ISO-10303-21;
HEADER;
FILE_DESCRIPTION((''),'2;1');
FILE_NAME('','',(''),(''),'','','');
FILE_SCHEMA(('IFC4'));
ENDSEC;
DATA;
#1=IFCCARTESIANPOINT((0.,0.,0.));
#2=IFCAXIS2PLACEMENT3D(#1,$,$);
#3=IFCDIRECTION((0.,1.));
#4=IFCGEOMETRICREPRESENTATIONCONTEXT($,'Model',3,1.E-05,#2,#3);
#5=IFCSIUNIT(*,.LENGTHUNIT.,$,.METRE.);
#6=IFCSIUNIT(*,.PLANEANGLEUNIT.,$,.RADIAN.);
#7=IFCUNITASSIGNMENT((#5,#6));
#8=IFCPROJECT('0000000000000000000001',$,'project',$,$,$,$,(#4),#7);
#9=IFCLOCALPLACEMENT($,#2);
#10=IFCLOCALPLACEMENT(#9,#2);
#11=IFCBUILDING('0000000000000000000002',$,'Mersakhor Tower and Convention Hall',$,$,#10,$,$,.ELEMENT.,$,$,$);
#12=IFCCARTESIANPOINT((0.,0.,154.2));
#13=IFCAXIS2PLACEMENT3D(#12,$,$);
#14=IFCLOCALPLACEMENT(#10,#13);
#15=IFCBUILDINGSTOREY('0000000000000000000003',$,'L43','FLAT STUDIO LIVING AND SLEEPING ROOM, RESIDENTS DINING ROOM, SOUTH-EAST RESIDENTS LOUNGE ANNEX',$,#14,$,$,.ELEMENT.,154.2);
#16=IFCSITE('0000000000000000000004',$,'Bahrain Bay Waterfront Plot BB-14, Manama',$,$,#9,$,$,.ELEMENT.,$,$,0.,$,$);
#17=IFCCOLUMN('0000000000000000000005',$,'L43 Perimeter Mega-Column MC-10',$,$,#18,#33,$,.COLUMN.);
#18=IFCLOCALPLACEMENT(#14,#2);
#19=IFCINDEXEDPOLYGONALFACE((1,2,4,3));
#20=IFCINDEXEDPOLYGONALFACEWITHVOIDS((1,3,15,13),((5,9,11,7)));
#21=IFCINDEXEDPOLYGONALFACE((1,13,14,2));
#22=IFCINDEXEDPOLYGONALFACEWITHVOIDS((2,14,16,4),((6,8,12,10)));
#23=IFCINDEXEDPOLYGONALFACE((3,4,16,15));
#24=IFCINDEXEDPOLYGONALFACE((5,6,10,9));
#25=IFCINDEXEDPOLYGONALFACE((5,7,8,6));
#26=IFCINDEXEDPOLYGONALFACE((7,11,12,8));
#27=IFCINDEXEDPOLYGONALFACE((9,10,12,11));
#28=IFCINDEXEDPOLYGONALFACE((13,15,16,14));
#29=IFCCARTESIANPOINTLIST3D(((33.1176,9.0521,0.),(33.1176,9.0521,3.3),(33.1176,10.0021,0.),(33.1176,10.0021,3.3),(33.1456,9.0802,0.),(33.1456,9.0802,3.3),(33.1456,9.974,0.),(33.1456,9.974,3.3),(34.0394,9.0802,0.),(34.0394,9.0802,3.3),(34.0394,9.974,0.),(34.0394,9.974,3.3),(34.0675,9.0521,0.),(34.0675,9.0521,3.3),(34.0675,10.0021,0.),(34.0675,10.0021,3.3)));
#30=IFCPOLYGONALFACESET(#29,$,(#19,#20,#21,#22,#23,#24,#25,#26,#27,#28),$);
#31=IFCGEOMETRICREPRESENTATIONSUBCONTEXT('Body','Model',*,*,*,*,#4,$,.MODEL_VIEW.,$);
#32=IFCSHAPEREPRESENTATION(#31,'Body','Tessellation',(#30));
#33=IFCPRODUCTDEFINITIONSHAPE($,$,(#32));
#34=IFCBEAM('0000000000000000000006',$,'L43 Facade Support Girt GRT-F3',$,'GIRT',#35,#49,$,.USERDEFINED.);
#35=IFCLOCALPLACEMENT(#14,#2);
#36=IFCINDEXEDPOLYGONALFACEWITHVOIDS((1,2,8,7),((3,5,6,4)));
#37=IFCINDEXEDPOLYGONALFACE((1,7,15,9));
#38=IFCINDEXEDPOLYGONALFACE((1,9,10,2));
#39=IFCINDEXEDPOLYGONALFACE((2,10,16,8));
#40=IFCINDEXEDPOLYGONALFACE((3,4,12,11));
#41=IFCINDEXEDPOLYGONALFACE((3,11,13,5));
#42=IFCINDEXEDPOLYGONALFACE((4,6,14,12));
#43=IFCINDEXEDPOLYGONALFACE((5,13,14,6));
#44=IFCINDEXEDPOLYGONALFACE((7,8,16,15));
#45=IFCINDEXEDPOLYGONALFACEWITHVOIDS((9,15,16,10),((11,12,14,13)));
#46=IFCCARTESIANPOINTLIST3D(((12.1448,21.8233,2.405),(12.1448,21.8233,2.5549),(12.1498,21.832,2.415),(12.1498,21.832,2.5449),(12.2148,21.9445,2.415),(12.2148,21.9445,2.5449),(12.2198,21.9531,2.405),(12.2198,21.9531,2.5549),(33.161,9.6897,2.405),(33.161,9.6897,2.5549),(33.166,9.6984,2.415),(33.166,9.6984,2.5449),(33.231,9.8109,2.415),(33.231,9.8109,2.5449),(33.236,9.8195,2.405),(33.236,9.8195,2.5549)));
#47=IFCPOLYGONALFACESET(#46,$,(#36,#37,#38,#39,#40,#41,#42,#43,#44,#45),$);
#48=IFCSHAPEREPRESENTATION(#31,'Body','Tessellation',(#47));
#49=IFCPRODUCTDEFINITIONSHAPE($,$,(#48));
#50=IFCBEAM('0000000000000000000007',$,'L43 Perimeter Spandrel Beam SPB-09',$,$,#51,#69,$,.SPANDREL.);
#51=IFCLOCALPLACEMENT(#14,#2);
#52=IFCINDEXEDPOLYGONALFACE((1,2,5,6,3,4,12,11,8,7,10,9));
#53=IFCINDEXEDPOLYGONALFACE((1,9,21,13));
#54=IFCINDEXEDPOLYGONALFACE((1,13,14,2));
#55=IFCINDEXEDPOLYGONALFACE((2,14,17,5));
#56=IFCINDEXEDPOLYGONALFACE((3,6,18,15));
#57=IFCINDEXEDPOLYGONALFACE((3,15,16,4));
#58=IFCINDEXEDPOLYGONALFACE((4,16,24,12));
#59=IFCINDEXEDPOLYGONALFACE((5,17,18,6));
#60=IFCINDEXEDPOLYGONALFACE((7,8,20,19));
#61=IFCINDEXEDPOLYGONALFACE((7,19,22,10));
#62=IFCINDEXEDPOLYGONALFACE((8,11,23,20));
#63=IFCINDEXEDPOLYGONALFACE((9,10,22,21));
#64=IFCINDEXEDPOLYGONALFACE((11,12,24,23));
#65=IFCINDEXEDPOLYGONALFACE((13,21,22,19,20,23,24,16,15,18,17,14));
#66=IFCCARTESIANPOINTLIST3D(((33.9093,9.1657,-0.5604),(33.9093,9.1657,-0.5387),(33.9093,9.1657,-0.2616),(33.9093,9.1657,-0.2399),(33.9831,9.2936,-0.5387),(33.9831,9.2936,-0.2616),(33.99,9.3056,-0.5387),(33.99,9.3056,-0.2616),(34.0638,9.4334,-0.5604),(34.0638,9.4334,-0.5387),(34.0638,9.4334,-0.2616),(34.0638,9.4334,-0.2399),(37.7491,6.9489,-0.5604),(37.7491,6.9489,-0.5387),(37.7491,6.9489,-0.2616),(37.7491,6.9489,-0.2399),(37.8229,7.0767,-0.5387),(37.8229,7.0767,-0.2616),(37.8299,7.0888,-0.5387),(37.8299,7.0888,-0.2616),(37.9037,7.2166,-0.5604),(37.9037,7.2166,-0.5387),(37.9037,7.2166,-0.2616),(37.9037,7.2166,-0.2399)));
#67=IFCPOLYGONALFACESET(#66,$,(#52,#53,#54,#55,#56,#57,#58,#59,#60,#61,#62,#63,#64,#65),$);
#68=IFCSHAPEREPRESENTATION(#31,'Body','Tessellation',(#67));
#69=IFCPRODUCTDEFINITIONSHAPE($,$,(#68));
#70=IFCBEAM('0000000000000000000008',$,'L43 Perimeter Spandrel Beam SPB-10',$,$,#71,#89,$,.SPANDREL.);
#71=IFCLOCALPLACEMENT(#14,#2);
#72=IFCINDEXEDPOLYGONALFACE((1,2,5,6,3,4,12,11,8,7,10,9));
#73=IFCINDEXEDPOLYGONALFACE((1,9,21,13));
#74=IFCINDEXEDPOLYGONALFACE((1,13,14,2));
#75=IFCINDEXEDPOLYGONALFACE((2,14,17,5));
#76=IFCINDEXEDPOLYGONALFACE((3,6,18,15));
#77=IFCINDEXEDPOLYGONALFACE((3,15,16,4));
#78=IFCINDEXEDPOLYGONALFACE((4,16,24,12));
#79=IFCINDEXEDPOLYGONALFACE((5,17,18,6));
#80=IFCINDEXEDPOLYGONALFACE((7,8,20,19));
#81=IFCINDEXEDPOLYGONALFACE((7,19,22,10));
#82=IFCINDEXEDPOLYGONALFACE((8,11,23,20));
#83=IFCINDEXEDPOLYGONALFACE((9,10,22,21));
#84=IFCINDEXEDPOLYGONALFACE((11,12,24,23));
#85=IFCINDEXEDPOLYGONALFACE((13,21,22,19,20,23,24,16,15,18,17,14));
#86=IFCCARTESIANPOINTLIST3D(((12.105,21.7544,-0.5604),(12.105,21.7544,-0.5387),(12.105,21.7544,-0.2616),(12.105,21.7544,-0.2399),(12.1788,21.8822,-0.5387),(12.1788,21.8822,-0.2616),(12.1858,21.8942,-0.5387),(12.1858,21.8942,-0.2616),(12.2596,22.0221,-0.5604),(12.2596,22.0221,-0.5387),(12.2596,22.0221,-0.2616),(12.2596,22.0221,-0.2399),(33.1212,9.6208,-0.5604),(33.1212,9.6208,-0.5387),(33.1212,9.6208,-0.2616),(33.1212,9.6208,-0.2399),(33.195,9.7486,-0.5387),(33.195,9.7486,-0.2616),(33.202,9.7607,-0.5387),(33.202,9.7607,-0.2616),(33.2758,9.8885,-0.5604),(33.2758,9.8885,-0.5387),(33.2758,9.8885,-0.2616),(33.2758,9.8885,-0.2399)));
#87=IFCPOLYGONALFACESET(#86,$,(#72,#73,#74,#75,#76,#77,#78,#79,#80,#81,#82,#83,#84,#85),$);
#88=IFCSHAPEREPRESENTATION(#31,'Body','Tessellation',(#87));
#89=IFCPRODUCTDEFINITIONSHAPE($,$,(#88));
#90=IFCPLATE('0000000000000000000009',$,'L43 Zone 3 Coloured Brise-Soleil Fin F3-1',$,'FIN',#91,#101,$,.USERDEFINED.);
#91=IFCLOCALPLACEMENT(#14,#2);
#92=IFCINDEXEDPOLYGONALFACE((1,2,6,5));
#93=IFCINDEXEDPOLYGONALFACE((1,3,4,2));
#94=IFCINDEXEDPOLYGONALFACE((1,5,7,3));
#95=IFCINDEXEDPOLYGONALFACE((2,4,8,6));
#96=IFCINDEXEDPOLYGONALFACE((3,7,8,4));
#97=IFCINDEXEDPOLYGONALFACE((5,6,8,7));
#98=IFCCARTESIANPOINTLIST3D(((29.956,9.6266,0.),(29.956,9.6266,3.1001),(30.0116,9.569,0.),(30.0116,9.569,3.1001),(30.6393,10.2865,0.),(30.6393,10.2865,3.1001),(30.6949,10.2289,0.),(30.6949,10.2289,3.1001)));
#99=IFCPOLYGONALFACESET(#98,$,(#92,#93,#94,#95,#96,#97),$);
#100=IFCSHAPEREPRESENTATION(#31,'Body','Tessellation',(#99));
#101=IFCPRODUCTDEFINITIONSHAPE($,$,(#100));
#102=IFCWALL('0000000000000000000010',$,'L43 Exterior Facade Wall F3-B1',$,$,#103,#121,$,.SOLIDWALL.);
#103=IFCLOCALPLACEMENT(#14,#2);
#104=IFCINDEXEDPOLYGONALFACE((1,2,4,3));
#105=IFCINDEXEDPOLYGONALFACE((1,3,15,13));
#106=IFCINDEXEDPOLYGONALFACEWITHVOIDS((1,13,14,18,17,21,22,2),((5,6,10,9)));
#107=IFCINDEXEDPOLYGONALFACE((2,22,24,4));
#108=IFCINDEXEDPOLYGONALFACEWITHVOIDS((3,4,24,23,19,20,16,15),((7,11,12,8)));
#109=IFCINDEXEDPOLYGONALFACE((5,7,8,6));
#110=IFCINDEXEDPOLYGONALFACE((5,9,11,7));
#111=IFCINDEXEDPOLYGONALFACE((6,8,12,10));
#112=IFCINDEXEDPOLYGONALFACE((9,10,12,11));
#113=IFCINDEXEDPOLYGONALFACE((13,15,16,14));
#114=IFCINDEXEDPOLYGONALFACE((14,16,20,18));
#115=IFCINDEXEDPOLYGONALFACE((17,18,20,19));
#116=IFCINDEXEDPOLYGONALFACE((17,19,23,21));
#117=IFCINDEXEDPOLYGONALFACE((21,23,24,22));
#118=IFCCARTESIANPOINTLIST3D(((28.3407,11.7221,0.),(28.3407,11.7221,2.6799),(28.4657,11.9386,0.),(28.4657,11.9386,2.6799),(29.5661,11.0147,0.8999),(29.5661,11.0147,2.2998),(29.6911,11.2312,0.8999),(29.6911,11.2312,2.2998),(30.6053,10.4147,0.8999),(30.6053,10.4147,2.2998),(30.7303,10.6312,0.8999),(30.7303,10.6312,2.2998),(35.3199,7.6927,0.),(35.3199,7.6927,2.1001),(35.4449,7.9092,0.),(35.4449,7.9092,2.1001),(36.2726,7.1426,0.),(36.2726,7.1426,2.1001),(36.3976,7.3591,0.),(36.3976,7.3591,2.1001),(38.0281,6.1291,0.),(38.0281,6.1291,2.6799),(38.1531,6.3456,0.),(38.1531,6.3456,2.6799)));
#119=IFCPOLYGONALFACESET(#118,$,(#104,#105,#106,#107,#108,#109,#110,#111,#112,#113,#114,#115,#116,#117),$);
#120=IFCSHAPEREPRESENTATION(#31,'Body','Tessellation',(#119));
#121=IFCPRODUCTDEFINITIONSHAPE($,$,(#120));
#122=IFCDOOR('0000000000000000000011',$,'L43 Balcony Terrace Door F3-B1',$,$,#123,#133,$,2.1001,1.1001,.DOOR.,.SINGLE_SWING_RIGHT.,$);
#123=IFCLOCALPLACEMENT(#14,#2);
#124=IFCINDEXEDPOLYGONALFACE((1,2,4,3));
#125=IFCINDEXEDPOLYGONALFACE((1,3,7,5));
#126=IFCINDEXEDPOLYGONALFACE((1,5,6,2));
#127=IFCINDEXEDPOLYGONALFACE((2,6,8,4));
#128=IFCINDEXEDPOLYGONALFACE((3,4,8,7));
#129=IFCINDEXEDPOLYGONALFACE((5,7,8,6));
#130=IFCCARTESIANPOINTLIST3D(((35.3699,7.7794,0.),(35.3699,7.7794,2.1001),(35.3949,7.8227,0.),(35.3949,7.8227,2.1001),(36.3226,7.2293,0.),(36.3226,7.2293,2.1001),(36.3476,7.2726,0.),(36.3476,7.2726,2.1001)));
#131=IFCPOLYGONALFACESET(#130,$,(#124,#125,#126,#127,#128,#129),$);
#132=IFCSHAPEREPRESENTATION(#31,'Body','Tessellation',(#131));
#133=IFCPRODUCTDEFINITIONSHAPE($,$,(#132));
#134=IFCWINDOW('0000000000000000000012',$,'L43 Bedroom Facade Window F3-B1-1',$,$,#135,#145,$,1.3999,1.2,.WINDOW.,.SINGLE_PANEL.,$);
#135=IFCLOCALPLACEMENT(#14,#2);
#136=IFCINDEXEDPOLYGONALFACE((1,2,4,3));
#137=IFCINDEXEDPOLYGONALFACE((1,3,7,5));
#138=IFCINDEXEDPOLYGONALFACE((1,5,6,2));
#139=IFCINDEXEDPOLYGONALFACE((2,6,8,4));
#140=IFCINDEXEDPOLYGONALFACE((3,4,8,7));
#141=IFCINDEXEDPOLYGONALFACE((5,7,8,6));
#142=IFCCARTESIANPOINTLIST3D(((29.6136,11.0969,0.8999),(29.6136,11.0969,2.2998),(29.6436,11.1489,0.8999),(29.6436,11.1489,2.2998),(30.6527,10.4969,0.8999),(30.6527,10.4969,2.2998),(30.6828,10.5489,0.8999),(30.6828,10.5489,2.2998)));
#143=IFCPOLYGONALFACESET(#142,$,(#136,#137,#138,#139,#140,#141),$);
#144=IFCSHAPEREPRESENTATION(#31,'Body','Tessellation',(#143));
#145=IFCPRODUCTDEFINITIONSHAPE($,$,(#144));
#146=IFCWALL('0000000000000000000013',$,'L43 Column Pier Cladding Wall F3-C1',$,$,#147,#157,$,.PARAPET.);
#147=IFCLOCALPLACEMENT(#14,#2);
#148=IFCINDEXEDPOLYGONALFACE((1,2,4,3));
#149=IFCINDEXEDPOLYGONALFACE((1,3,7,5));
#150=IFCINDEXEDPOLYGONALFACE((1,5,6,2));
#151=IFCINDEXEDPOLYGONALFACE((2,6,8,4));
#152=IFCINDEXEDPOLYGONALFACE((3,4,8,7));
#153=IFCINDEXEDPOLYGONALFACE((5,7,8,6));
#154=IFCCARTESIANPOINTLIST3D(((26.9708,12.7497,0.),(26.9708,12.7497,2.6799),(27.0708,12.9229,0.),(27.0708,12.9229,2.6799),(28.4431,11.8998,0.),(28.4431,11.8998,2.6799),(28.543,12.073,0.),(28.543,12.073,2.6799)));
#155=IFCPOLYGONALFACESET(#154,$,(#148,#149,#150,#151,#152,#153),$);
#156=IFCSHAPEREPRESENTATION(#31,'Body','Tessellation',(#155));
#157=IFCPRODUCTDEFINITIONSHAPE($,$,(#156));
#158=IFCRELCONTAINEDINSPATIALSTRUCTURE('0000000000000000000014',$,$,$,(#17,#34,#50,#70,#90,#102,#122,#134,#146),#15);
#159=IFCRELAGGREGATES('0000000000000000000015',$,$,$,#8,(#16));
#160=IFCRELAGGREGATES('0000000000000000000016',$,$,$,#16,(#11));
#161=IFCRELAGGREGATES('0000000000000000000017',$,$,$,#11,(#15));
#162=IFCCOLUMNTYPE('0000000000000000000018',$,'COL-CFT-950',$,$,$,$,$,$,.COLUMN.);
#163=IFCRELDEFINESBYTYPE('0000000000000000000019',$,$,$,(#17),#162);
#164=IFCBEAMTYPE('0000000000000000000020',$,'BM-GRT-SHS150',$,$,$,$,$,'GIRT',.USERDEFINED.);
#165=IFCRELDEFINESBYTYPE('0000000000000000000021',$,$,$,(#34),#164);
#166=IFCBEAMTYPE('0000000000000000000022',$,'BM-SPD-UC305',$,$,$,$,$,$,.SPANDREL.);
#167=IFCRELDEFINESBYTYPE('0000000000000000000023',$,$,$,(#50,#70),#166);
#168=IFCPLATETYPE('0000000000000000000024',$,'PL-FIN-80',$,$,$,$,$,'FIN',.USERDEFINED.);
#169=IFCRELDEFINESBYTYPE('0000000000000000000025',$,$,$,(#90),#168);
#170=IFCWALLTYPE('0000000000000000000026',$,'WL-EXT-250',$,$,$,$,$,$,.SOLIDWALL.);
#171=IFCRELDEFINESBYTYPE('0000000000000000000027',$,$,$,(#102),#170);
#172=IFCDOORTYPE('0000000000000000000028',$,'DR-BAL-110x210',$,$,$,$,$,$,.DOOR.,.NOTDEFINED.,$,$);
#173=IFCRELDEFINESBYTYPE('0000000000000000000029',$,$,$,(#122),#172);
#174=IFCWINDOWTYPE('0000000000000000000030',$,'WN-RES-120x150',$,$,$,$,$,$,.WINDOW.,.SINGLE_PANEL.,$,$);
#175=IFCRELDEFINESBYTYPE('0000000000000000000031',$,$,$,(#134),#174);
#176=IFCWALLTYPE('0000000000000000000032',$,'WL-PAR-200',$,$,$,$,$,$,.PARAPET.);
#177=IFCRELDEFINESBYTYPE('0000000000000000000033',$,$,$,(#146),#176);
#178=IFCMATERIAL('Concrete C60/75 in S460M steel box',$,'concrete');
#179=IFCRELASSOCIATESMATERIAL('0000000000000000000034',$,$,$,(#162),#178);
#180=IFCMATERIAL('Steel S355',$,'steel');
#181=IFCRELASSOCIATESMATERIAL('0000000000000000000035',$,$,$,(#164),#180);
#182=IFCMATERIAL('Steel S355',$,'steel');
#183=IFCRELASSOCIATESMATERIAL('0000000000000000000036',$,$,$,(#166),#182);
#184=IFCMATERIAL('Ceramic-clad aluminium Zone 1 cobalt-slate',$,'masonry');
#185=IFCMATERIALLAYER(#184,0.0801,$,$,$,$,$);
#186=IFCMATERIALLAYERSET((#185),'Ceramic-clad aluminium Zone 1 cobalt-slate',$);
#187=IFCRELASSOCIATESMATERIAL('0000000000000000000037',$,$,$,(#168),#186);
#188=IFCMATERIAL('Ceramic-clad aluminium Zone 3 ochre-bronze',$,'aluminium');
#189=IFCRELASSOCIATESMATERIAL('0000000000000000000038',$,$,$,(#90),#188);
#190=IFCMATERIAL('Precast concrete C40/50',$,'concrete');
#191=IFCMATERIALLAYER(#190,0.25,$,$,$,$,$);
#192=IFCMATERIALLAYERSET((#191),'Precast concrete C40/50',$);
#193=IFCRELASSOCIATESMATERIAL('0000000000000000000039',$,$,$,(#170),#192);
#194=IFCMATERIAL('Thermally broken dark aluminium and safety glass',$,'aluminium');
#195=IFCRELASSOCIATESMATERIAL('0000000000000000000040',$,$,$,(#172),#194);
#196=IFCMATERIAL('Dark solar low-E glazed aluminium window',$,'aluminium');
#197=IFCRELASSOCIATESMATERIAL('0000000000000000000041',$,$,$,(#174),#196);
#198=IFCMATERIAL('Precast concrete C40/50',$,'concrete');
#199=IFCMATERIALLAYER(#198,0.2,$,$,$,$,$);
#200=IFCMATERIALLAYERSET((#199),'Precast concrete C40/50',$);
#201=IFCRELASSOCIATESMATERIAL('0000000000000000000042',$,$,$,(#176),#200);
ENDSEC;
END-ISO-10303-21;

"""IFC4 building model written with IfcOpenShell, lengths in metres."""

from ifc_helpers import new_model, si_unit, direction, frame, frame_2d, origin, origin_2d, place, context, subcontext, project, spatial, rectangle, hollow_rectangle, i_section, extrude, material, layer, layer_set, material_profile, profile_set, type_object, element, fill, save


model = new_model("IFC4")

# Units and contexts
model_context = context("Model", 3, precision=1e-05, world=origin(), true_north=direction((0.0, 1.0)))
body_context = subcontext(model_context, "Body", "Model", "MODEL_VIEW")
ifc_project = project(units=[si_unit("LENGTHUNIT", "METRE"), si_unit("PLANEANGLEUNIT", "RADIAN")], contexts=[model_context])

# Site, building, storey
site_placement = place(None, origin())
site = spatial("IfcSite", under=ifc_project, at=site_placement, Name="Bahrain Bay Waterfront Plot BB-14, Manama", CompositionType="ELEMENT", RefElevation=0.0)
building_placement = place(site_placement, origin())
building = spatial("IfcBuilding", under=site, at=building_placement, Name="Mersakhor Tower and Convention Hall", CompositionType="ELEMENT")
storey_placement = place(building_placement, frame((0.0, 0.0, 154.2)))
storey = spatial("IfcBuildingStorey", under=building, at=storey_placement, Name="L43", Description="FLAT STUDIO LIVING AND SLEEPING ROOM, RESIDENTS DINING ROOM, SOUTH-EAST RESIDENTS LOUNGE ANNEX", CompositionType="ELEMENT", Elevation=154.2)

# Column
ifc_material_1 = material(Name="Concrete C60/75 in S460M steel box", Category="concrete")
ifc_material_profile_1 = material_profile(ifc_material_1, hollow_rectangle(XDim=0.95, YDim=0.95, WallThickness=0.0281, at=origin_2d()), Name="SHS 950x950x28")
ifc_profile_set_1 = profile_set([ifc_material_profile_1], Name="Concrete C60/75 in S460M steel box")
column_type = type_object("IfcColumnType", Name="COL-CFT-950", PredefinedType="COLUMN", material=ifc_profile_set_1)
column_placement = place(storey_placement, frame((33.5925, 9.5271, 0.0), z_axis=(0.0, 0.0, 1.0), x_axis=(1.0, 0.0, 0.0)))
element("IfcColumn", 1, at=column_placement, inside=storey, type_object=column_type, Name="L43 Perimeter Mega-Column MC-10", PredefinedType="COLUMN", context=body_context, shape_type="SweptSolid", body=[
    extrude(hollow_rectangle(XDim=0.95, YDim=0.95, WallThickness=0.0281, at=origin_2d()), origin(), (0.0, 0.0, 1.0), 3.3),
])

# Beams
ifc_material_2 = material(Name="Steel S355", Category="steel")
ifc_material_profile_2 = material_profile(ifc_material_2, hollow_rectangle(XDim=0.1499, YDim=0.1499, WallThickness=0.01, at=origin_2d()), Name="SHS 150x150x10")
ifc_profile_set_2 = profile_set([ifc_material_profile_2], Name="Steel S355")
beam_type_1 = type_object("IfcBeamType", Name="BM-GRT-SHS150", ElementType="GIRT", PredefinedType="USERDEFINED", material=ifc_profile_set_2)
beam_1_placement = place(storey_placement, frame((33.1985, 9.7546, 2.48), z_axis=(-0.866027, 0.499996, 0.0), x_axis=(-0.499996, -0.866027, 0.0)))
element("IfcBeam", 2, at=beam_1_placement, inside=storey, type_object=beam_type_1, Name="L43 Facade Support Girt GRT-F3", ObjectType="GIRT", PredefinedType="USERDEFINED", context=body_context, shape_type="SweptSolid", body=[
    extrude(hollow_rectangle(XDim=0.1499, YDim=0.1499, WallThickness=0.01, at=origin_2d()), origin(), (0.0, 0.0, 1.0), 24.2673),
])
ifc_material_3 = material(Name="Steel S355", Category="steel")
ifc_material_profile_3 = material_profile(ifc_material_3, i_section(OverallWidth=0.3091, OverallDepth=0.3206, WebThickness=0.0139, FlangeThickness=0.0217, at=origin_2d()), Name="UC 305x305x137")
ifc_profile_set_3 = profile_set([ifc_material_profile_3], Name="Steel S355")
beam_type_2 = type_object("IfcBeamType", Name="BM-SPD-UC305", PredefinedType="SPANDREL", material=ifc_profile_set_3)
beam_2_placement = place(storey_placement, frame((37.8264, 7.0828, -0.4001), z_axis=(-0.866039, 0.499977, 0.0), x_axis=(-0.499977, -0.866039, 0.0)))
element("IfcBeam", 3, at=beam_2_placement, inside=storey, type_object=beam_type_2, Name="L43 Perimeter Spandrel Beam SPB-09", PredefinedType="SPANDREL", context=body_context, shape_type="SweptSolid", body=[
    extrude(i_section(OverallWidth=0.3091, OverallDepth=0.3206, WebThickness=0.0139, FlangeThickness=0.0217, at=origin_2d()), origin(), (0.0, 0.0, 1.0), 4.4338),
])
beam_3_placement = place(storey_placement, frame((33.1985, 9.7546, -0.4001), z_axis=(-0.866027, 0.499996, 0.0), x_axis=(-0.499996, -0.866027, 0.0)))
element("IfcBeam", 4, at=beam_3_placement, inside=storey, type_object=beam_type_2, Name="L43 Perimeter Spandrel Beam SPB-10", PredefinedType="SPANDREL", context=body_context, shape_type="SweptSolid", body=[
    extrude(i_section(OverallWidth=0.3091, OverallDepth=0.3206, WebThickness=0.0139, FlangeThickness=0.0217, at=origin_2d()), origin(), (0.0, 0.0, 1.0), 24.2673),
])

# Plate
ifc_material_4 = material(Name="Ceramic-clad aluminium Zone 3 ochre-bronze", Category="aluminium")
ifc_material_5 = material(Name="Ceramic-clad aluminium Zone 1 cobalt-slate", Category="masonry")
ifc_layer_1 = layer(ifc_material_5, 0.0801)
ifc_layer_set_1 = layer_set([ifc_layer_1], Name="Ceramic-clad aluminium Zone 1 cobalt-slate")
plate_type = type_object("IfcPlateType", Name="PL-FIN-80", ElementType="FIN", PredefinedType="USERDEFINED", material=ifc_layer_set_1)
plate_placement = place(storey_placement, frame((30.3254, 9.9277, 0.0), z_axis=(0.0, 0.0, 1.0), x_axis=(-0.71934, -0.694658, 0.0)))
element("IfcPlate", 5, at=plate_placement, inside=storey, type_object=plate_type, material=ifc_material_4, Name="L43 Zone 3 Coloured Brise-Soleil Fin F3-1", ObjectType="FIN", PredefinedType="USERDEFINED", context=body_context, shape_type="SweptSolid", body=[
    extrude(rectangle(XDim=0.95, YDim=0.0801, at=origin_2d()), origin(), (0.0, 0.0, 1.0), 3.1001),
])

# Wall, openings, door, window
ifc_material_6 = material(Name="Precast concrete C40/50", Category="concrete")
ifc_layer_2 = layer(ifc_material_6, 0.25)
ifc_layer_set_2 = layer_set([ifc_layer_2], Name="Precast concrete C40/50")
wall_type_1 = type_object("IfcWallType", Name="WL-EXT-250", PredefinedType="SOLIDWALL", material=ifc_layer_set_2)
wall_1_placement = place(storey_placement, frame((38.0906, 6.2373, 0.0), z_axis=(0.0, 0.0, 1.0), x_axis=(-0.866022, 0.500005, 0.0)))
wall_1 = element("IfcWall", 6, at=wall_1_placement, inside=storey, type_object=wall_type_1, Name="L43 Exterior Facade Wall F3-B1", PredefinedType="SOLIDWALL", context=body_context, shape_type="SweptSolid", body=[
    extrude(rectangle(XDim=11.186, YDim=0.25, at=frame_2d((5.593, 0.0))), origin(), (0.0, 0.0, 1.0), 2.6799),
])
opening_1_placement = place(wall_1_placement, frame((2.0271, 0.0, 0.0)))
opening_1 = element("IfcOpeningElement", 7, at=opening_1_placement, cuts=wall_1, PredefinedType="OPENING", context=body_context, shape_type="SweptSolid", body=[
    extrude(rectangle(XDim=1.1001, YDim=2.1001, at=frame_2d((0.55, 1.05))), frame((0.0, 0.135, 0.0), z_axis=(0.0, -1.0, 0.0), x_axis=(1.0, 0.0, 0.0)), (0.0, 0.0, 1.0), 0.27),
])
opening_2_placement = place(wall_1_placement, frame((8.571, 0.0, 0.8999)))
opening_2 = element("IfcOpeningElement", 8, at=opening_2_placement, cuts=wall_1, PredefinedType="OPENING", context=body_context, shape_type="SweptSolid", body=[
    extrude(rectangle(XDim=1.2, YDim=1.3999, at=frame_2d((0.6001, 0.7))), frame((0.0, 0.135, 0.0), z_axis=(0.0, -1.0, 0.0), x_axis=(1.0, 0.0, 0.0)), (0.0, 0.0, 1.0), 0.27),
])
ifc_material_7 = material(Name="Thermally broken dark aluminium and safety glass", Category="aluminium")
door_type_1 = type_object("IfcDoorType", Name="DR-BAL-110x210", OperationType="NOTDEFINED", PredefinedType="DOOR", material=ifc_material_7)
door_1_placement = place(opening_1_placement, origin())
door_1 = element("IfcDoor", 9, at=door_1_placement, inside=storey, type_object=door_type_1, Name="L43 Balcony Terrace Door F3-B1", OperationType="SINGLE_SWING_RIGHT", OverallHeight=2.1001, OverallWidth=1.1001, PredefinedType="DOOR", context=body_context, shape_type="SweptSolid", body=[
    extrude(rectangle(XDim=1.1001, YDim=2.1001, at=frame_2d((0.55, 1.05))), frame((0.0, 0.0249, 0.0), z_axis=(0.0, -1.0, 0.0), x_axis=(1.0, 0.0, 0.0)), (0.0, 0.0, 1.0), 0.05),
])
fill(opening_1, door_1)
ifc_material_8 = material(Name="Dark solar low-E glazed aluminium window", Category="aluminium")
window_type = type_object("IfcWindowType", Name="WN-RES-120x150", PartitioningType="SINGLE_PANEL", PredefinedType="WINDOW", material=ifc_material_8)
window_placement = place(opening_2_placement, origin())
window = element("IfcWindow", 10, at=window_placement, inside=storey, type_object=window_type, Name="L43 Bedroom Facade Window F3-B1-1", OverallHeight=1.3999, OverallWidth=1.2, PartitioningType="SINGLE_PANEL", PredefinedType="WINDOW", context=body_context, shape_type="SweptSolid", body=[
    extrude(rectangle(XDim=1.2, YDim=1.3999, at=frame_2d((0.6001, 0.7))), frame((0.0, 0.03, 0.0), z_axis=(0.0, -1.0, 0.0), x_axis=(1.0, 0.0, 0.0)), (0.0, 0.0, 1.0), 0.0601),
])
fill(opening_2, window)

# Wall
ifc_material_9 = material(Name="Precast concrete C40/50", Category="concrete")
ifc_layer_3 = layer(ifc_material_9, 0.2)
ifc_layer_set_3 = layer_set([ifc_layer_3], Name="Precast concrete C40/50")
wall_type_2 = type_object("IfcWallType", Name="WL-PAR-200", PredefinedType="PARAPET", material=ifc_layer_set_3)
wall_2_placement = place(storey_placement, frame((28.4932, 11.9863, 0.0), z_axis=(0.0, 0.0, 1.0), x_axis=(-0.866052, 0.499955, 0.0)))
element("IfcWall", 11, at=wall_2_placement, inside=storey, type_object=wall_type_2, Name="L43 Column Pier Cladding Wall F3-C1", PredefinedType="PARAPET", context=body_context, shape_type="SweptSolid", body=[
    extrude(rectangle(XDim=1.7, YDim=0.2, at=frame_2d((0.8501, 0.0))), origin(), (0.0, 0.0, 1.0), 2.6799),
])

save(model, "model.ifc")
